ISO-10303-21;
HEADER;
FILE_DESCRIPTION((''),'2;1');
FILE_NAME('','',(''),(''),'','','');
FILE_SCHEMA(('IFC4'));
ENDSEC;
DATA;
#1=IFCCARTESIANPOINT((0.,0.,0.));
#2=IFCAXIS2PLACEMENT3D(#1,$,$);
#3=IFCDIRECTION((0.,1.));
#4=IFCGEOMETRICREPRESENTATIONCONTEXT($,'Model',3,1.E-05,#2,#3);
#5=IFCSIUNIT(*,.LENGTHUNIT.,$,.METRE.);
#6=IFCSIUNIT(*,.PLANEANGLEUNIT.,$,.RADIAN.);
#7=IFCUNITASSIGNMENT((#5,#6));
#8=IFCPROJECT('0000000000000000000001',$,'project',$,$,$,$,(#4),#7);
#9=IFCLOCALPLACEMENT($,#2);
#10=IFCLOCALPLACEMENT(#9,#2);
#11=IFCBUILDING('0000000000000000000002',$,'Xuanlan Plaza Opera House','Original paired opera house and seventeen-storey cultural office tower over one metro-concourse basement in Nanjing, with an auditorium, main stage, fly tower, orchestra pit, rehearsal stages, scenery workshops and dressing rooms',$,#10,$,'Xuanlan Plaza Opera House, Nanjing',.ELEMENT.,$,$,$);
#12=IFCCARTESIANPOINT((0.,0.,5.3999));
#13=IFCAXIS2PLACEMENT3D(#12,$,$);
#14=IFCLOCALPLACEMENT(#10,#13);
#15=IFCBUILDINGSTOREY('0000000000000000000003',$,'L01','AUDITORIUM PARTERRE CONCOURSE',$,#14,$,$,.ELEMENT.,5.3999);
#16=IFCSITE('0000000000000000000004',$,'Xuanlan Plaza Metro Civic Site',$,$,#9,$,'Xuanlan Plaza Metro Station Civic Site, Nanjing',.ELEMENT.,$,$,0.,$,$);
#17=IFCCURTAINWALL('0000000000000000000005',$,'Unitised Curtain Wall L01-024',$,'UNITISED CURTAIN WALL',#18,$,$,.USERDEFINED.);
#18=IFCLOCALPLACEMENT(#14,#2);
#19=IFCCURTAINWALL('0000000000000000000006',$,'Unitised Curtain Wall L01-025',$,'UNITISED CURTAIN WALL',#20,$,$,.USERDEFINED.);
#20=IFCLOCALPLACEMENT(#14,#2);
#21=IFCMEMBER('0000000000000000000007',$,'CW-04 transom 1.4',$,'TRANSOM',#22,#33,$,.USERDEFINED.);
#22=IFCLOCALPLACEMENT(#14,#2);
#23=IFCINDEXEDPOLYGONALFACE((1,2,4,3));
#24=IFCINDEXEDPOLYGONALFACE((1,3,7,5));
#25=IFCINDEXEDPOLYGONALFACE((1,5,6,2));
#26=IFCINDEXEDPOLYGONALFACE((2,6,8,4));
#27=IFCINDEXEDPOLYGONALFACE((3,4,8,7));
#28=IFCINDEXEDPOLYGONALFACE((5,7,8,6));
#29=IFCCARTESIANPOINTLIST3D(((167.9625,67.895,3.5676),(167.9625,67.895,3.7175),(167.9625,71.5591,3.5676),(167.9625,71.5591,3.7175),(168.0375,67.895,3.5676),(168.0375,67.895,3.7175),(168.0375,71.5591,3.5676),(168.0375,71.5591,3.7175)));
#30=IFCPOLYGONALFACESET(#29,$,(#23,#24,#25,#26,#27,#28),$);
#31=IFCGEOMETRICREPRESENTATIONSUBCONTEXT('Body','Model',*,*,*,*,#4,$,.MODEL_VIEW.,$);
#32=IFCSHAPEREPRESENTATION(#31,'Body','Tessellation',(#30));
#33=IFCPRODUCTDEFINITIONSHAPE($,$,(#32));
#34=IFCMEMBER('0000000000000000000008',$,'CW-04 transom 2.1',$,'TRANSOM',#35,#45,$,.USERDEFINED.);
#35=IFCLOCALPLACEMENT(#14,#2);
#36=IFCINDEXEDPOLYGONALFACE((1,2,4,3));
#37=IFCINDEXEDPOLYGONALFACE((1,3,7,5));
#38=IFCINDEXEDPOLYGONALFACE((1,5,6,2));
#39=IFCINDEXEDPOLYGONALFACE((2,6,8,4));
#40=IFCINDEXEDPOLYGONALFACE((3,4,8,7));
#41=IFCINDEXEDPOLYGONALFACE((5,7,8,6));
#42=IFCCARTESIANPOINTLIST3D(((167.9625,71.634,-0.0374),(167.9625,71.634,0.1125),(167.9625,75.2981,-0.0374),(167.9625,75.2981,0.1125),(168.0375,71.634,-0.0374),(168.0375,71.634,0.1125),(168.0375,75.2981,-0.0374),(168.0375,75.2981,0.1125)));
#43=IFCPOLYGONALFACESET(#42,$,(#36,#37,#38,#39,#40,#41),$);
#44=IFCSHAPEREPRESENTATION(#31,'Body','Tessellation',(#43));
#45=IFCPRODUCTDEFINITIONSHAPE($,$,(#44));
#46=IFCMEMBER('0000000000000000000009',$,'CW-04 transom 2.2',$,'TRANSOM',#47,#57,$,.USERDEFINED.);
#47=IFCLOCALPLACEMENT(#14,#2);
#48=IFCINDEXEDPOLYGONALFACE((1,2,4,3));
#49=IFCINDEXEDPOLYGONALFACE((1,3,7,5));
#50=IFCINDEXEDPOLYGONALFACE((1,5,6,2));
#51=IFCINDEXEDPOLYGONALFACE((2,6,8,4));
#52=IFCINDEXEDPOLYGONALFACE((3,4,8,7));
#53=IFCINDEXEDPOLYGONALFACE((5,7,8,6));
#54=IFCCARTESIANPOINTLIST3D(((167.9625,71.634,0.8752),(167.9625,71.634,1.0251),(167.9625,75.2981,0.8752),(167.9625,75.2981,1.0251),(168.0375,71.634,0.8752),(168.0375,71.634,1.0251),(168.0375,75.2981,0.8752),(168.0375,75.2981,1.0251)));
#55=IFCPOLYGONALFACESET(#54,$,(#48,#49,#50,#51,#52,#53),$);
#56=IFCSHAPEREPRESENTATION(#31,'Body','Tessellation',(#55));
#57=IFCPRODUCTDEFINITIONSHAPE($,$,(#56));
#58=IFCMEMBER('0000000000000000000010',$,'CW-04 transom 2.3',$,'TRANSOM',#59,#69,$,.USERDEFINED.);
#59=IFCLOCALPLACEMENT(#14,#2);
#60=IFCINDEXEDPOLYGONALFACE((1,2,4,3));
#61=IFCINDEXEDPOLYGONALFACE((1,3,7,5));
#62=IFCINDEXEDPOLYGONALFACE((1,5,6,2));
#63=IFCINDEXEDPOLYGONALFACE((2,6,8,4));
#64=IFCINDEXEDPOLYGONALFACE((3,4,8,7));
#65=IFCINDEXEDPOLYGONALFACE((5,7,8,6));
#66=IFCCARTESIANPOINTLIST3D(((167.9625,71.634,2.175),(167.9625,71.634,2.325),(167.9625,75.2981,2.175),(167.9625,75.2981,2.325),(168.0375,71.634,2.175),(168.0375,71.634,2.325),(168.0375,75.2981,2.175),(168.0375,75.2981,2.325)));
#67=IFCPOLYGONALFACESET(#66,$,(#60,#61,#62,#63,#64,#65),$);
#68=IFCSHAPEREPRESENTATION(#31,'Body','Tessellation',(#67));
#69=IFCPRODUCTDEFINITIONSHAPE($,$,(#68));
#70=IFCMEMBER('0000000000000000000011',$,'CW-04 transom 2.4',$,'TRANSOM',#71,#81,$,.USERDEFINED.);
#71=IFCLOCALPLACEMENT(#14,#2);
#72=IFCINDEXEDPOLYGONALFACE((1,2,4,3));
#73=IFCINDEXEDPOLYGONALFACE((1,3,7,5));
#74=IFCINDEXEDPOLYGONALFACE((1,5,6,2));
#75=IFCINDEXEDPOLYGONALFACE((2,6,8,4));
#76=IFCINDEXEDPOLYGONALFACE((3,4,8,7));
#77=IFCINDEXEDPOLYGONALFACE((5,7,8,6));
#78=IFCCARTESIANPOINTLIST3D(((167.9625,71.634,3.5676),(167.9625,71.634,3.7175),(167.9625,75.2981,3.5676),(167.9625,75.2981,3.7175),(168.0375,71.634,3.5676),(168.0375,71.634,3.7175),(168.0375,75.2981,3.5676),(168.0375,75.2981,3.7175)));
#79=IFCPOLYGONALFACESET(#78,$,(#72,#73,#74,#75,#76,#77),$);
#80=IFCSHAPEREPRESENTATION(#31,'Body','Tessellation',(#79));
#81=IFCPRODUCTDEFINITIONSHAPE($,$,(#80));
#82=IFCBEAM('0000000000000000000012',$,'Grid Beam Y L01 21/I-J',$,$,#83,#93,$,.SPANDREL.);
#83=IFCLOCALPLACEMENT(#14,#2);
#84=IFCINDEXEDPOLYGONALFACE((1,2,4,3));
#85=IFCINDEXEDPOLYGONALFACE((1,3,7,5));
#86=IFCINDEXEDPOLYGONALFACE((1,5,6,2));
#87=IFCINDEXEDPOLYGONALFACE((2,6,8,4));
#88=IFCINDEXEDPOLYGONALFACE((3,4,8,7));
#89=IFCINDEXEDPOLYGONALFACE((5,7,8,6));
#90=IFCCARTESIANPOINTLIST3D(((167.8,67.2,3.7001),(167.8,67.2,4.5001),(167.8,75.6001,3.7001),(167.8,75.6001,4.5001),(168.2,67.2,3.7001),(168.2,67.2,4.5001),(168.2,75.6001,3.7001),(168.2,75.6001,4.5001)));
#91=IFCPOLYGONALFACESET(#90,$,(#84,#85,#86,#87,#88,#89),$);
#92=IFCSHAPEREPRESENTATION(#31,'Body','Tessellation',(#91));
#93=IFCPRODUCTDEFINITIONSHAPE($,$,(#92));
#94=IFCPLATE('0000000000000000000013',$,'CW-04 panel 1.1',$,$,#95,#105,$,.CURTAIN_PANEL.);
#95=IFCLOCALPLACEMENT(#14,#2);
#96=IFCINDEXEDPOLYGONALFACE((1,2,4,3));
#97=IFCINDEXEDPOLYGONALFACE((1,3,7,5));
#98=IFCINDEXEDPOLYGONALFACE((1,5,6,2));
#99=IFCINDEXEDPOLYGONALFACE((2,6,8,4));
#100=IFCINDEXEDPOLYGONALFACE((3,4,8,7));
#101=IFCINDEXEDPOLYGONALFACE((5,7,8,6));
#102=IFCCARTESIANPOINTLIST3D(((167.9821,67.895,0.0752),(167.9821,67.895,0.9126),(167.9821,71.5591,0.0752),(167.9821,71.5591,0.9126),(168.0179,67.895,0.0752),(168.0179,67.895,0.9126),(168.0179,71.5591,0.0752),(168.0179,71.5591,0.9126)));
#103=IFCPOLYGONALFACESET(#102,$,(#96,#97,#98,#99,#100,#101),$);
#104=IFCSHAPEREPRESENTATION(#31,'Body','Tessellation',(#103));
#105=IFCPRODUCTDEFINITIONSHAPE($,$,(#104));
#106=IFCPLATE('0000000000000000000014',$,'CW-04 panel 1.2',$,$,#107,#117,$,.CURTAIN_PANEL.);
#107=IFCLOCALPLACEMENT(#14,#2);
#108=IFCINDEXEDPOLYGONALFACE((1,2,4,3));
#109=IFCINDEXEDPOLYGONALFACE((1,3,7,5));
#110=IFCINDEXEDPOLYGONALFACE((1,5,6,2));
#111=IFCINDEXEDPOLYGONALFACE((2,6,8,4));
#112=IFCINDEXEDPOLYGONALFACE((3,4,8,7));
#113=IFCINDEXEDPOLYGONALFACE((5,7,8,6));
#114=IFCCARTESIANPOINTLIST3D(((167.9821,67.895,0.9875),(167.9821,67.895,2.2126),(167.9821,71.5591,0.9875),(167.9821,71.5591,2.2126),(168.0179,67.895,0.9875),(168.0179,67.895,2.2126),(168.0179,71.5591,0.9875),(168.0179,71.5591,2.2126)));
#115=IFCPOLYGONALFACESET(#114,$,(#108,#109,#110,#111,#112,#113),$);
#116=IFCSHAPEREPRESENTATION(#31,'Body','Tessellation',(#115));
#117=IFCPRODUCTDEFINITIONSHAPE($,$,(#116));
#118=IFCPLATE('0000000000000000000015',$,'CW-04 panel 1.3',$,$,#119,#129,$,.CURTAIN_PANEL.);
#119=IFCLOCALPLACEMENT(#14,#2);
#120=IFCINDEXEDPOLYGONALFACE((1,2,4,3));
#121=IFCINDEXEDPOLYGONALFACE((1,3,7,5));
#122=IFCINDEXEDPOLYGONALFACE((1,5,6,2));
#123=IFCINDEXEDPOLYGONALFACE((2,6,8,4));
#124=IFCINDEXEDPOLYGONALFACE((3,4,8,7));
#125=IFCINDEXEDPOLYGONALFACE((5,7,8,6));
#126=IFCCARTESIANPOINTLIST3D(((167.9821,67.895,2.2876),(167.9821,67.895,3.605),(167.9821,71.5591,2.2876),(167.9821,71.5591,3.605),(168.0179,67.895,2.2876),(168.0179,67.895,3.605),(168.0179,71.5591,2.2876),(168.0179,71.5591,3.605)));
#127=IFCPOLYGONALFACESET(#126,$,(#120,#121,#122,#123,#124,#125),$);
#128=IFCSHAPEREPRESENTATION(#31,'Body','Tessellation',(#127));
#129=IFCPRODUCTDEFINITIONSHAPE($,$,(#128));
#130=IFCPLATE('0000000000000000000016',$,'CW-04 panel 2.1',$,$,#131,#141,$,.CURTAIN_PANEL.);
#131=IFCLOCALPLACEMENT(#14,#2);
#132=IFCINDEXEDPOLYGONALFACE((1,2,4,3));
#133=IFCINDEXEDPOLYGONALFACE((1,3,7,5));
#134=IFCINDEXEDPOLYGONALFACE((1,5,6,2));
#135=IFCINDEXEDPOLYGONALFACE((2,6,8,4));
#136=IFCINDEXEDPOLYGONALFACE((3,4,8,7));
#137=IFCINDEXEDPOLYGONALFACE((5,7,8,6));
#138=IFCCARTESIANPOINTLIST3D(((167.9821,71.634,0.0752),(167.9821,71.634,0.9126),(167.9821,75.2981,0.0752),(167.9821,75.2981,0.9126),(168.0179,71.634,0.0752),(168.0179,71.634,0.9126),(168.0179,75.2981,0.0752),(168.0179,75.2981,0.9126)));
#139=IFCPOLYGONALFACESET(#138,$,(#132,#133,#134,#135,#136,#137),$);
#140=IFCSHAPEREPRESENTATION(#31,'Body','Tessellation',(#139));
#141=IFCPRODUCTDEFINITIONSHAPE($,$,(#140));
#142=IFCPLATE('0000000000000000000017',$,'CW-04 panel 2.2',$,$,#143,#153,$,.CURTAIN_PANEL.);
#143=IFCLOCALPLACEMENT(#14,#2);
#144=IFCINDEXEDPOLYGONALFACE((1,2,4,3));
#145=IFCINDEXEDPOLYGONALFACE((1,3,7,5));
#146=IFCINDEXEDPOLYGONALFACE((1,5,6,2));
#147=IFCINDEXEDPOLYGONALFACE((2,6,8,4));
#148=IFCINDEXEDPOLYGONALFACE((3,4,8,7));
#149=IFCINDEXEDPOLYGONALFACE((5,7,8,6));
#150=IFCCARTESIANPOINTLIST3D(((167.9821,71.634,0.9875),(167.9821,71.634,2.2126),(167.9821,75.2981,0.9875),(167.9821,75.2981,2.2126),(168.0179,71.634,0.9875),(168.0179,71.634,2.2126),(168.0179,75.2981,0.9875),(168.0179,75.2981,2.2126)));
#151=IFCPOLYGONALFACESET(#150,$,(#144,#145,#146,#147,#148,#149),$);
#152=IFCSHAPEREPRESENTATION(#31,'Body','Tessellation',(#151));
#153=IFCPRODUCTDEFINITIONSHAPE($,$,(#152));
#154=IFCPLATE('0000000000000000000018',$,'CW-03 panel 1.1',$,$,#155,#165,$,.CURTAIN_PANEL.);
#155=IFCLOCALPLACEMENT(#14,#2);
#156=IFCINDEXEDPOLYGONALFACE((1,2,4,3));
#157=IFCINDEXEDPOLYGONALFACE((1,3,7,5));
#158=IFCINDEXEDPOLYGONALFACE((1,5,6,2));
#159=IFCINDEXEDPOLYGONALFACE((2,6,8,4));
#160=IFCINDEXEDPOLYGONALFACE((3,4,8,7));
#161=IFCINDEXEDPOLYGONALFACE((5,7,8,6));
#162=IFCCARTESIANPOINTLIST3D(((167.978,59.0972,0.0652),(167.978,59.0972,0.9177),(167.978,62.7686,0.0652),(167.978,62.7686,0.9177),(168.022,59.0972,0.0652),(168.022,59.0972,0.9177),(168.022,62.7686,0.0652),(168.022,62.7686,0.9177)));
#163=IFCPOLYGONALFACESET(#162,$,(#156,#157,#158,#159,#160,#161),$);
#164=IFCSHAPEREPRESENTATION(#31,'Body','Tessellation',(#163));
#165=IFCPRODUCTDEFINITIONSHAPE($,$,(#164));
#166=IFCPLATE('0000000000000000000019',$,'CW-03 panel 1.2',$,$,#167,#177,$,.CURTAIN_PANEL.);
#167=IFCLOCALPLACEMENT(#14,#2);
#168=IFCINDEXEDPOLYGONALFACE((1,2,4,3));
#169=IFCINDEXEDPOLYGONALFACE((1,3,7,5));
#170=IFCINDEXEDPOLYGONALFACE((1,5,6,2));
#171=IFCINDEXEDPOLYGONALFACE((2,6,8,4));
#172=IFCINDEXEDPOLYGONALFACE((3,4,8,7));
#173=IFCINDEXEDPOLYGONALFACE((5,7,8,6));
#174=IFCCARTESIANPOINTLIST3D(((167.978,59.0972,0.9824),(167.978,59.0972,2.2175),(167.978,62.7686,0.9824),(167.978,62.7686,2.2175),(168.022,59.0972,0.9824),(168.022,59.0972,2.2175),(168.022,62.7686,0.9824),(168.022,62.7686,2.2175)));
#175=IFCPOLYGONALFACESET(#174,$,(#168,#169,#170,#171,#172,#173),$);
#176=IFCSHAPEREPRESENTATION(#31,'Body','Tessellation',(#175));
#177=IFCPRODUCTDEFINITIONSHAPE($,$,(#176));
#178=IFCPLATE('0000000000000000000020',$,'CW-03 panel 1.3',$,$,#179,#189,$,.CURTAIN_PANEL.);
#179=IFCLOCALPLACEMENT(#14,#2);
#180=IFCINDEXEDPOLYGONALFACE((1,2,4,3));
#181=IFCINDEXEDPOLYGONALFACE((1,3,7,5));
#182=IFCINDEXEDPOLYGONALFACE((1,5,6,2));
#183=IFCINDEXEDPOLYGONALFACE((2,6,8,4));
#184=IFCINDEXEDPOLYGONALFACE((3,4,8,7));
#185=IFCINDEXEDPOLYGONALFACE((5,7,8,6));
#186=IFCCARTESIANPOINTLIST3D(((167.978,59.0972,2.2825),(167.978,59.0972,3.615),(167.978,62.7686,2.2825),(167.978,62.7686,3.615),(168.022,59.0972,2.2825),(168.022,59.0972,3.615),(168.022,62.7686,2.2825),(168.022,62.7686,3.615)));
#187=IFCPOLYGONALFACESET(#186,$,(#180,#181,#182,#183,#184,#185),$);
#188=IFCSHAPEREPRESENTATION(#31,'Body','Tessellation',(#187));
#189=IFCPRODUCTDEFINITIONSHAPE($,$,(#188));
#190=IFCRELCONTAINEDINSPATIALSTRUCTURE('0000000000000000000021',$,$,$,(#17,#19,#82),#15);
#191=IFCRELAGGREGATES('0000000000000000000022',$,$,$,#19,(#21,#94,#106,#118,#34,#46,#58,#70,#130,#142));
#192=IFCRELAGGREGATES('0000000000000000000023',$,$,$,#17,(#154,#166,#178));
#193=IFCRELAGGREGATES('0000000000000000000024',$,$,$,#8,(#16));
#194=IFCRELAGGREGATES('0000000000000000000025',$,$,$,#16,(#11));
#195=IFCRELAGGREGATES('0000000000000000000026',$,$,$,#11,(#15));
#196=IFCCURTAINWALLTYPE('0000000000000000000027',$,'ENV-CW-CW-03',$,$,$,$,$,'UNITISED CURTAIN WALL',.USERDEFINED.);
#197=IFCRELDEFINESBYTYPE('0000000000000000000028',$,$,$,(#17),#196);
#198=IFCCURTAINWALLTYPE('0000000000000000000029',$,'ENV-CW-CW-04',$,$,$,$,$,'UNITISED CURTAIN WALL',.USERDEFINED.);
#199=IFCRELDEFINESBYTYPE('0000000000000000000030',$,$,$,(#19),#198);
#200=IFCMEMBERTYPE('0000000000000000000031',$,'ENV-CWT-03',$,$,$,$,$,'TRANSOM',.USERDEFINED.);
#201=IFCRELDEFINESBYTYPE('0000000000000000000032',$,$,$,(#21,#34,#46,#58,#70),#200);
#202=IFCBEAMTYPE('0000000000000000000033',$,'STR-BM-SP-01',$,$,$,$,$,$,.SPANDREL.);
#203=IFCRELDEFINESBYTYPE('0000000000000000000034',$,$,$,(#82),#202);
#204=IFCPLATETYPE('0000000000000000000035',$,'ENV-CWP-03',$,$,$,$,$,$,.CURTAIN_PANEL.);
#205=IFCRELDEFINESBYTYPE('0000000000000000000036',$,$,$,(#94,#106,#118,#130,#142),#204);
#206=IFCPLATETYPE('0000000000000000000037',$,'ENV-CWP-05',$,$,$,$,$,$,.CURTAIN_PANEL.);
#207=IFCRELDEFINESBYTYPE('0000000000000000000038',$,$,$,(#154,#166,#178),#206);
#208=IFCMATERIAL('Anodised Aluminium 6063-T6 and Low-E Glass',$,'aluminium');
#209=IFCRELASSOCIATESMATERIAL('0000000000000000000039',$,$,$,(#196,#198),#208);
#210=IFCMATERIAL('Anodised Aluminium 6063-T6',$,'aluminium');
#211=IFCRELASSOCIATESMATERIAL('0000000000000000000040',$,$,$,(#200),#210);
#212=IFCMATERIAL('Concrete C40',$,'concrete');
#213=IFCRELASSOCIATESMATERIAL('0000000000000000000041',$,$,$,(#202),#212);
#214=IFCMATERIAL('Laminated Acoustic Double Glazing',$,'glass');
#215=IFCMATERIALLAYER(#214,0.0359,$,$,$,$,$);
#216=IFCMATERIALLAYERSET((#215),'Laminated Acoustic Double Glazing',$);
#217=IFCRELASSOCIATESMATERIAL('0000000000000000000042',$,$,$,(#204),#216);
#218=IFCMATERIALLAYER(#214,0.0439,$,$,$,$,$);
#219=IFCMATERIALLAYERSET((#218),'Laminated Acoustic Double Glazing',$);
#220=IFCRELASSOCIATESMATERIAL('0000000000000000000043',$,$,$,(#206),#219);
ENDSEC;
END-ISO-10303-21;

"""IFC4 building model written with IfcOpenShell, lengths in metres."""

from ifc_helpers import new_model, si_unit, direction, frame, origin, origin_2d, place, context, subcontext, project, spatial, rectangle, extrude, material, layer, layer_set, material_profile, profile_set, type_object, element, aggregate, save


model = new_model("IFC4")

# Units and contexts
model_context = context("Model", 3, precision=1e-05, world=origin(), true_north=direction((0.0, 1.0)))
body_context = subcontext(model_context, "Body", "Model", "MODEL_VIEW")
ifc_project = project(units=[si_unit("LENGTHUNIT", "METRE"), si_unit("PLANEANGLEUNIT", "RADIAN")], contexts=[model_context])

# Site, building, storey
site_placement = place(None, origin())
site = spatial("IfcSite", under=ifc_project, at=site_placement, Name="Xuanlan Plaza Metro Civic Site", LongName="Xuanlan Plaza Metro Station Civic Site, Nanjing", CompositionType="ELEMENT", RefElevation=0.0)
building_placement = place(site_placement, origin())
building = spatial("IfcBuilding", under=site, at=building_placement, Name="Xuanlan Plaza Opera House", Description="Original paired opera house and seventeen-storey cultural office tower over one metro-concourse basement in Nanjing, with an auditorium, main stage, fly tower, orchestra pit, rehearsal stages, scenery workshops and dressing rooms", LongName="Xuanlan Plaza Opera House, Nanjing", CompositionType="ELEMENT")
storey_placement = place(building_placement, frame((0.0, 0.0, 5.3999)))
storey = spatial("IfcBuildingStorey", under=building, at=storey_placement, Name="L01", Description="AUDITORIUM PARTERRE CONCOURSE", CompositionType="ELEMENT", Elevation=5.3999)

# Curtain walls
ifc_material_1 = material(Name="Anodised Aluminium 6063-T6 and Low-E Glass", Category="aluminium")
curtain_wall_type_1 = type_object("IfcCurtainWallType", Name="ENV-CW-CW-03", ElementType="UNITISED CURTAIN WALL", PredefinedType="USERDEFINED", material=ifc_material_1)
curtain_wall_1_placement = place(storey_placement, origin())
curtain_wall_1 = element("IfcCurtainWall", 1, at=curtain_wall_1_placement, inside=storey, type_object=curtain_wall_type_1, Name="Unitised Curtain Wall L01-024", ObjectType="UNITISED CURTAIN WALL", PredefinedType="USERDEFINED")
ifc_material_2 = material(Name="Anodised Aluminium 6063-T6", Category="aluminium")
curtain_wall_type_2 = type_object("IfcCurtainWallType", Name="ENV-CW-CW-04", ElementType="UNITISED CURTAIN WALL", PredefinedType="USERDEFINED", material=ifc_material_1)
curtain_wall_2_placement = place(storey_placement, origin())
curtain_wall_2 = element("IfcCurtainWall", 2, at=curtain_wall_2_placement, inside=storey, type_object=curtain_wall_type_2, Name="Unitised Curtain Wall L01-025", ObjectType="UNITISED CURTAIN WALL", PredefinedType="USERDEFINED")

# Members
ifc_material_profile_1 = material_profile(ifc_material_2, rectangle(XDim=0.075, YDim=0.1499, at=origin_2d()), Name="ALU-T 75x150")
ifc_profile_set_1 = profile_set([ifc_material_profile_1], Name="Anodised Aluminium 6063-T6")
member_type_1 = type_object("IfcMemberType", Name="ENV-CWT-03", ElementType="TRANSOM", PredefinedType="USERDEFINED", material=ifc_profile_set_1)
member_1_placement = place(storey_placement, frame((168.0, 67.895, 3.6426), z_axis=(0.0, 1.0, 0.0), x_axis=(-1.0, 0.0, 0.0)))
member_1 = element("IfcMember", 3, at=member_1_placement, type_object=member_type_1, Name="CW-04 transom 1.4", ObjectType="TRANSOM", PredefinedType="USERDEFINED", context=body_context, shape_type="SweptSolid", body=[
    extrude(rectangle(XDim=0.075, YDim=0.1499, at=origin_2d()), origin(), (0.0, 0.0, 1.0), 3.6641),
])
member_2_placement = place(storey_placement, frame((168.0, 71.634, 0.0376), z_axis=(0.0, 1.0, 0.0), x_axis=(-1.0, 0.0, 0.0)))
member_2 = element("IfcMember", 4, at=member_2_placement, type_object=member_type_1, Name="CW-04 transom 2.1", ObjectType="TRANSOM", PredefinedType="USERDEFINED", context=body_context, shape_type="SweptSolid", body=[
    extrude(rectangle(XDim=0.075, YDim=0.1499, at=origin_2d()), origin(), (0.0, 0.0, 1.0), 3.6641),
])
member_3_placement = place(storey_placement, frame((168.0, 71.634, 0.9502), z_axis=(0.0, 1.0, 0.0), x_axis=(-1.0, 0.0, 0.0)))
member_3 = element("IfcMember", 5, at=member_3_placement, type_object=member_type_1, Name="CW-04 transom 2.2", ObjectType="TRANSOM", PredefinedType="USERDEFINED", context=body_context, shape_type="SweptSolid", body=[
    extrude(rectangle(XDim=0.075, YDim=0.1499, at=origin_2d()), origin(), (0.0, 0.0, 1.0), 3.6641),
])
member_4_placement = place(storey_placement, frame((168.0, 71.634, 2.25), z_axis=(0.0, 1.0, 0.0), x_axis=(-1.0, 0.0, 0.0)))
member_4 = element("IfcMember", 6, at=member_4_placement, type_object=member_type_1, Name="CW-04 transom 2.3", ObjectType="TRANSOM", PredefinedType="USERDEFINED", context=body_context, shape_type="SweptSolid", body=[
    extrude(rectangle(XDim=0.075, YDim=0.1499, at=origin_2d()), origin(), (0.0, 0.0, 1.0), 3.6641),
])
member_5_placement = place(storey_placement, frame((168.0, 71.634, 3.6426), z_axis=(0.0, 1.0, 0.0), x_axis=(-1.0, 0.0, 0.0)))
member_5 = element("IfcMember", 7, at=member_5_placement, type_object=member_type_1, Name="CW-04 transom 2.4", ObjectType="TRANSOM", PredefinedType="USERDEFINED", context=body_context, shape_type="SweptSolid", body=[
    extrude(rectangle(XDim=0.075, YDim=0.1499, at=origin_2d()), origin(), (0.0, 0.0, 1.0), 3.6641),
])

# Beam
ifc_material_3 = material(Name="Concrete C40", Category="concrete")
ifc_material_profile_2 = material_profile(ifc_material_3, rectangle(XDim=0.3999, YDim=0.8, at=origin_2d()), Name="RC-SPD 400x800")
ifc_profile_set_2 = profile_set([ifc_material_profile_2], Name="Concrete C40")
beam_type = type_object("IfcBeamType", Name="STR-BM-SP-01", PredefinedType="SPANDREL", material=ifc_profile_set_2)
beam_placement = place(storey_placement, frame((168.0, 67.2, 4.1001), z_axis=(0.0, 1.0, 0.0), x_axis=(-1.0, 0.0, 0.0)))
element("IfcBeam", 8, at=beam_placement, inside=storey, type_object=beam_type, Name="Grid Beam Y L01 21/I-J", PredefinedType="SPANDREL", context=body_context, shape_type="SweptSolid", body=[
    extrude(rectangle(XDim=0.3999, YDim=0.8, at=origin_2d()), origin(), (0.0, 0.0, 1.0), 8.4001),
])

# Plates
ifc_material_4 = material(Name="Laminated Acoustic Double Glazing", Category="glass")
ifc_layer_1 = layer(ifc_material_4, 0.0359)
ifc_layer_set_1 = layer_set([ifc_layer_1], Name="Laminated Acoustic Double Glazing")
plate_type_1 = type_object("IfcPlateType", Name="ENV-CWP-03", PredefinedType="CURTAIN_PANEL", material=ifc_layer_set_1)
plate_1_placement = place(storey_placement, frame((168.0, 69.7271, 0.0752), z_axis=(0.0, 0.0, 1.0), x_axis=(0.0, 1.0, 0.0)))
plate_1 = element("IfcPlate", 9, at=plate_1_placement, type_object=plate_type_1, Name="CW-04 panel 1.1", PredefinedType="CURTAIN_PANEL", context=body_context, shape_type="SweptSolid", body=[
    extrude(rectangle(XDim=3.6641, YDim=0.0359, at=origin_2d()), origin(), (0.0, 0.0, 1.0), 0.8374),
])
plate_2_placement = place(storey_placement, frame((168.0, 69.7271, 0.9875), z_axis=(0.0, 0.0, 1.0), x_axis=(0.0, 1.0, 0.0)))
plate_2 = element("IfcPlate", 10, at=plate_2_placement, type_object=plate_type_1, Name="CW-04 panel 1.2", PredefinedType="CURTAIN_PANEL", context=body_context, shape_type="SweptSolid", body=[
    extrude(rectangle(XDim=3.6641, YDim=0.0359, at=origin_2d()), origin(), (0.0, 0.0, 1.0), 1.2251),
])
plate_3_placement = place(storey_placement, frame((168.0, 69.7271, 2.2876), z_axis=(0.0, 0.0, 1.0), x_axis=(0.0, 1.0, 0.0)))
plate_3 = element("IfcPlate", 11, at=plate_3_placement, type_object=plate_type_1, Name="CW-04 panel 1.3", PredefinedType="CURTAIN_PANEL", context=body_context, shape_type="SweptSolid", body=[
    extrude(rectangle(XDim=3.6641, YDim=0.0359, at=origin_2d()), origin(), (0.0, 0.0, 1.0), 1.3174),
])
plate_4_placement = place(storey_placement, frame((168.0, 73.4661, 0.0752), z_axis=(0.0, 0.0, 1.0), x_axis=(0.0, 1.0, 0.0)))
plate_4 = element("IfcPlate", 12, at=plate_4_placement, type_object=plate_type_1, Name="CW-04 panel 2.1", PredefinedType="CURTAIN_PANEL", context=body_context, shape_type="SweptSolid", body=[
    extrude(rectangle(XDim=3.6641, YDim=0.0359, at=origin_2d()), origin(), (0.0, 0.0, 1.0), 0.8374),
])
plate_5_placement = place(storey_placement, frame((168.0, 73.4661, 0.9875), z_axis=(0.0, 0.0, 1.0), x_axis=(0.0, 1.0, 0.0)))
plate_5 = element("IfcPlate", 13, at=plate_5_placement, type_object=plate_type_1, Name="CW-04 panel 2.2", PredefinedType="CURTAIN_PANEL", context=body_context, shape_type="SweptSolid", body=[
    extrude(rectangle(XDim=3.6641, YDim=0.0359, at=origin_2d()), origin(), (0.0, 0.0, 1.0), 1.2251),
])
aggregate(curtain_wall_2, [member_1, plate_1, plate_2, plate_3, member_2, member_3, member_4, member_5, plate_4, plate_5])
ifc_layer_2 = layer(ifc_material_4, 0.0439)
ifc_layer_set_2 = layer_set([ifc_layer_2], Name="Laminated Acoustic Double Glazing")
plate_type_2 = type_object("IfcPlateType", Name="ENV-CWP-05", PredefinedType="CURTAIN_PANEL", material=ifc_layer_set_2)
plate_6_placement = place(storey_placement, frame((168.0, 60.9329, 0.0652), z_axis=(0.0, 0.0, 1.0), x_axis=(0.0, 1.0, 0.0)))
plate_6 = element("IfcPlate", 14, at=plate_6_placement, type_object=plate_type_2, Name="CW-03 panel 1.1", PredefinedType="CURTAIN_PANEL", context=body_context, shape_type="SweptSolid", body=[
    extrude(rectangle(XDim=3.6714, YDim=0.0439, at=origin_2d()), origin(), (0.0, 0.0, 1.0), 0.8525),
])
plate_7_placement = place(storey_placement, frame((168.0, 60.9329, 0.9824), z_axis=(0.0, 0.0, 1.0), x_axis=(0.0, 1.0, 0.0)))
plate_7 = element("IfcPlate", 15, at=plate_7_placement, type_object=plate_type_2, Name="CW-03 panel 1.2", PredefinedType="CURTAIN_PANEL", context=body_context, shape_type="SweptSolid", body=[
    extrude(rectangle(XDim=3.6714, YDim=0.0439, at=origin_2d()), origin(), (0.0, 0.0, 1.0), 1.2351),
])
plate_8_placement = place(storey_placement, frame((168.0, 60.9329, 2.2825), z_axis=(0.0, 0.0, 1.0), x_axis=(0.0, 1.0, 0.0)))
plate_8 = element("IfcPlate", 16, at=plate_8_placement, type_object=plate_type_2, Name="CW-03 panel 1.3", PredefinedType="CURTAIN_PANEL", context=body_context, shape_type="SweptSolid", body=[
    extrude(rectangle(XDim=3.6714, YDim=0.0439, at=origin_2d()), origin(), (0.0, 0.0, 1.0), 1.3325),
])
aggregate(curtain_wall_1, [plate_6, plate_7, plate_8])

save(model, "model.ifc")
